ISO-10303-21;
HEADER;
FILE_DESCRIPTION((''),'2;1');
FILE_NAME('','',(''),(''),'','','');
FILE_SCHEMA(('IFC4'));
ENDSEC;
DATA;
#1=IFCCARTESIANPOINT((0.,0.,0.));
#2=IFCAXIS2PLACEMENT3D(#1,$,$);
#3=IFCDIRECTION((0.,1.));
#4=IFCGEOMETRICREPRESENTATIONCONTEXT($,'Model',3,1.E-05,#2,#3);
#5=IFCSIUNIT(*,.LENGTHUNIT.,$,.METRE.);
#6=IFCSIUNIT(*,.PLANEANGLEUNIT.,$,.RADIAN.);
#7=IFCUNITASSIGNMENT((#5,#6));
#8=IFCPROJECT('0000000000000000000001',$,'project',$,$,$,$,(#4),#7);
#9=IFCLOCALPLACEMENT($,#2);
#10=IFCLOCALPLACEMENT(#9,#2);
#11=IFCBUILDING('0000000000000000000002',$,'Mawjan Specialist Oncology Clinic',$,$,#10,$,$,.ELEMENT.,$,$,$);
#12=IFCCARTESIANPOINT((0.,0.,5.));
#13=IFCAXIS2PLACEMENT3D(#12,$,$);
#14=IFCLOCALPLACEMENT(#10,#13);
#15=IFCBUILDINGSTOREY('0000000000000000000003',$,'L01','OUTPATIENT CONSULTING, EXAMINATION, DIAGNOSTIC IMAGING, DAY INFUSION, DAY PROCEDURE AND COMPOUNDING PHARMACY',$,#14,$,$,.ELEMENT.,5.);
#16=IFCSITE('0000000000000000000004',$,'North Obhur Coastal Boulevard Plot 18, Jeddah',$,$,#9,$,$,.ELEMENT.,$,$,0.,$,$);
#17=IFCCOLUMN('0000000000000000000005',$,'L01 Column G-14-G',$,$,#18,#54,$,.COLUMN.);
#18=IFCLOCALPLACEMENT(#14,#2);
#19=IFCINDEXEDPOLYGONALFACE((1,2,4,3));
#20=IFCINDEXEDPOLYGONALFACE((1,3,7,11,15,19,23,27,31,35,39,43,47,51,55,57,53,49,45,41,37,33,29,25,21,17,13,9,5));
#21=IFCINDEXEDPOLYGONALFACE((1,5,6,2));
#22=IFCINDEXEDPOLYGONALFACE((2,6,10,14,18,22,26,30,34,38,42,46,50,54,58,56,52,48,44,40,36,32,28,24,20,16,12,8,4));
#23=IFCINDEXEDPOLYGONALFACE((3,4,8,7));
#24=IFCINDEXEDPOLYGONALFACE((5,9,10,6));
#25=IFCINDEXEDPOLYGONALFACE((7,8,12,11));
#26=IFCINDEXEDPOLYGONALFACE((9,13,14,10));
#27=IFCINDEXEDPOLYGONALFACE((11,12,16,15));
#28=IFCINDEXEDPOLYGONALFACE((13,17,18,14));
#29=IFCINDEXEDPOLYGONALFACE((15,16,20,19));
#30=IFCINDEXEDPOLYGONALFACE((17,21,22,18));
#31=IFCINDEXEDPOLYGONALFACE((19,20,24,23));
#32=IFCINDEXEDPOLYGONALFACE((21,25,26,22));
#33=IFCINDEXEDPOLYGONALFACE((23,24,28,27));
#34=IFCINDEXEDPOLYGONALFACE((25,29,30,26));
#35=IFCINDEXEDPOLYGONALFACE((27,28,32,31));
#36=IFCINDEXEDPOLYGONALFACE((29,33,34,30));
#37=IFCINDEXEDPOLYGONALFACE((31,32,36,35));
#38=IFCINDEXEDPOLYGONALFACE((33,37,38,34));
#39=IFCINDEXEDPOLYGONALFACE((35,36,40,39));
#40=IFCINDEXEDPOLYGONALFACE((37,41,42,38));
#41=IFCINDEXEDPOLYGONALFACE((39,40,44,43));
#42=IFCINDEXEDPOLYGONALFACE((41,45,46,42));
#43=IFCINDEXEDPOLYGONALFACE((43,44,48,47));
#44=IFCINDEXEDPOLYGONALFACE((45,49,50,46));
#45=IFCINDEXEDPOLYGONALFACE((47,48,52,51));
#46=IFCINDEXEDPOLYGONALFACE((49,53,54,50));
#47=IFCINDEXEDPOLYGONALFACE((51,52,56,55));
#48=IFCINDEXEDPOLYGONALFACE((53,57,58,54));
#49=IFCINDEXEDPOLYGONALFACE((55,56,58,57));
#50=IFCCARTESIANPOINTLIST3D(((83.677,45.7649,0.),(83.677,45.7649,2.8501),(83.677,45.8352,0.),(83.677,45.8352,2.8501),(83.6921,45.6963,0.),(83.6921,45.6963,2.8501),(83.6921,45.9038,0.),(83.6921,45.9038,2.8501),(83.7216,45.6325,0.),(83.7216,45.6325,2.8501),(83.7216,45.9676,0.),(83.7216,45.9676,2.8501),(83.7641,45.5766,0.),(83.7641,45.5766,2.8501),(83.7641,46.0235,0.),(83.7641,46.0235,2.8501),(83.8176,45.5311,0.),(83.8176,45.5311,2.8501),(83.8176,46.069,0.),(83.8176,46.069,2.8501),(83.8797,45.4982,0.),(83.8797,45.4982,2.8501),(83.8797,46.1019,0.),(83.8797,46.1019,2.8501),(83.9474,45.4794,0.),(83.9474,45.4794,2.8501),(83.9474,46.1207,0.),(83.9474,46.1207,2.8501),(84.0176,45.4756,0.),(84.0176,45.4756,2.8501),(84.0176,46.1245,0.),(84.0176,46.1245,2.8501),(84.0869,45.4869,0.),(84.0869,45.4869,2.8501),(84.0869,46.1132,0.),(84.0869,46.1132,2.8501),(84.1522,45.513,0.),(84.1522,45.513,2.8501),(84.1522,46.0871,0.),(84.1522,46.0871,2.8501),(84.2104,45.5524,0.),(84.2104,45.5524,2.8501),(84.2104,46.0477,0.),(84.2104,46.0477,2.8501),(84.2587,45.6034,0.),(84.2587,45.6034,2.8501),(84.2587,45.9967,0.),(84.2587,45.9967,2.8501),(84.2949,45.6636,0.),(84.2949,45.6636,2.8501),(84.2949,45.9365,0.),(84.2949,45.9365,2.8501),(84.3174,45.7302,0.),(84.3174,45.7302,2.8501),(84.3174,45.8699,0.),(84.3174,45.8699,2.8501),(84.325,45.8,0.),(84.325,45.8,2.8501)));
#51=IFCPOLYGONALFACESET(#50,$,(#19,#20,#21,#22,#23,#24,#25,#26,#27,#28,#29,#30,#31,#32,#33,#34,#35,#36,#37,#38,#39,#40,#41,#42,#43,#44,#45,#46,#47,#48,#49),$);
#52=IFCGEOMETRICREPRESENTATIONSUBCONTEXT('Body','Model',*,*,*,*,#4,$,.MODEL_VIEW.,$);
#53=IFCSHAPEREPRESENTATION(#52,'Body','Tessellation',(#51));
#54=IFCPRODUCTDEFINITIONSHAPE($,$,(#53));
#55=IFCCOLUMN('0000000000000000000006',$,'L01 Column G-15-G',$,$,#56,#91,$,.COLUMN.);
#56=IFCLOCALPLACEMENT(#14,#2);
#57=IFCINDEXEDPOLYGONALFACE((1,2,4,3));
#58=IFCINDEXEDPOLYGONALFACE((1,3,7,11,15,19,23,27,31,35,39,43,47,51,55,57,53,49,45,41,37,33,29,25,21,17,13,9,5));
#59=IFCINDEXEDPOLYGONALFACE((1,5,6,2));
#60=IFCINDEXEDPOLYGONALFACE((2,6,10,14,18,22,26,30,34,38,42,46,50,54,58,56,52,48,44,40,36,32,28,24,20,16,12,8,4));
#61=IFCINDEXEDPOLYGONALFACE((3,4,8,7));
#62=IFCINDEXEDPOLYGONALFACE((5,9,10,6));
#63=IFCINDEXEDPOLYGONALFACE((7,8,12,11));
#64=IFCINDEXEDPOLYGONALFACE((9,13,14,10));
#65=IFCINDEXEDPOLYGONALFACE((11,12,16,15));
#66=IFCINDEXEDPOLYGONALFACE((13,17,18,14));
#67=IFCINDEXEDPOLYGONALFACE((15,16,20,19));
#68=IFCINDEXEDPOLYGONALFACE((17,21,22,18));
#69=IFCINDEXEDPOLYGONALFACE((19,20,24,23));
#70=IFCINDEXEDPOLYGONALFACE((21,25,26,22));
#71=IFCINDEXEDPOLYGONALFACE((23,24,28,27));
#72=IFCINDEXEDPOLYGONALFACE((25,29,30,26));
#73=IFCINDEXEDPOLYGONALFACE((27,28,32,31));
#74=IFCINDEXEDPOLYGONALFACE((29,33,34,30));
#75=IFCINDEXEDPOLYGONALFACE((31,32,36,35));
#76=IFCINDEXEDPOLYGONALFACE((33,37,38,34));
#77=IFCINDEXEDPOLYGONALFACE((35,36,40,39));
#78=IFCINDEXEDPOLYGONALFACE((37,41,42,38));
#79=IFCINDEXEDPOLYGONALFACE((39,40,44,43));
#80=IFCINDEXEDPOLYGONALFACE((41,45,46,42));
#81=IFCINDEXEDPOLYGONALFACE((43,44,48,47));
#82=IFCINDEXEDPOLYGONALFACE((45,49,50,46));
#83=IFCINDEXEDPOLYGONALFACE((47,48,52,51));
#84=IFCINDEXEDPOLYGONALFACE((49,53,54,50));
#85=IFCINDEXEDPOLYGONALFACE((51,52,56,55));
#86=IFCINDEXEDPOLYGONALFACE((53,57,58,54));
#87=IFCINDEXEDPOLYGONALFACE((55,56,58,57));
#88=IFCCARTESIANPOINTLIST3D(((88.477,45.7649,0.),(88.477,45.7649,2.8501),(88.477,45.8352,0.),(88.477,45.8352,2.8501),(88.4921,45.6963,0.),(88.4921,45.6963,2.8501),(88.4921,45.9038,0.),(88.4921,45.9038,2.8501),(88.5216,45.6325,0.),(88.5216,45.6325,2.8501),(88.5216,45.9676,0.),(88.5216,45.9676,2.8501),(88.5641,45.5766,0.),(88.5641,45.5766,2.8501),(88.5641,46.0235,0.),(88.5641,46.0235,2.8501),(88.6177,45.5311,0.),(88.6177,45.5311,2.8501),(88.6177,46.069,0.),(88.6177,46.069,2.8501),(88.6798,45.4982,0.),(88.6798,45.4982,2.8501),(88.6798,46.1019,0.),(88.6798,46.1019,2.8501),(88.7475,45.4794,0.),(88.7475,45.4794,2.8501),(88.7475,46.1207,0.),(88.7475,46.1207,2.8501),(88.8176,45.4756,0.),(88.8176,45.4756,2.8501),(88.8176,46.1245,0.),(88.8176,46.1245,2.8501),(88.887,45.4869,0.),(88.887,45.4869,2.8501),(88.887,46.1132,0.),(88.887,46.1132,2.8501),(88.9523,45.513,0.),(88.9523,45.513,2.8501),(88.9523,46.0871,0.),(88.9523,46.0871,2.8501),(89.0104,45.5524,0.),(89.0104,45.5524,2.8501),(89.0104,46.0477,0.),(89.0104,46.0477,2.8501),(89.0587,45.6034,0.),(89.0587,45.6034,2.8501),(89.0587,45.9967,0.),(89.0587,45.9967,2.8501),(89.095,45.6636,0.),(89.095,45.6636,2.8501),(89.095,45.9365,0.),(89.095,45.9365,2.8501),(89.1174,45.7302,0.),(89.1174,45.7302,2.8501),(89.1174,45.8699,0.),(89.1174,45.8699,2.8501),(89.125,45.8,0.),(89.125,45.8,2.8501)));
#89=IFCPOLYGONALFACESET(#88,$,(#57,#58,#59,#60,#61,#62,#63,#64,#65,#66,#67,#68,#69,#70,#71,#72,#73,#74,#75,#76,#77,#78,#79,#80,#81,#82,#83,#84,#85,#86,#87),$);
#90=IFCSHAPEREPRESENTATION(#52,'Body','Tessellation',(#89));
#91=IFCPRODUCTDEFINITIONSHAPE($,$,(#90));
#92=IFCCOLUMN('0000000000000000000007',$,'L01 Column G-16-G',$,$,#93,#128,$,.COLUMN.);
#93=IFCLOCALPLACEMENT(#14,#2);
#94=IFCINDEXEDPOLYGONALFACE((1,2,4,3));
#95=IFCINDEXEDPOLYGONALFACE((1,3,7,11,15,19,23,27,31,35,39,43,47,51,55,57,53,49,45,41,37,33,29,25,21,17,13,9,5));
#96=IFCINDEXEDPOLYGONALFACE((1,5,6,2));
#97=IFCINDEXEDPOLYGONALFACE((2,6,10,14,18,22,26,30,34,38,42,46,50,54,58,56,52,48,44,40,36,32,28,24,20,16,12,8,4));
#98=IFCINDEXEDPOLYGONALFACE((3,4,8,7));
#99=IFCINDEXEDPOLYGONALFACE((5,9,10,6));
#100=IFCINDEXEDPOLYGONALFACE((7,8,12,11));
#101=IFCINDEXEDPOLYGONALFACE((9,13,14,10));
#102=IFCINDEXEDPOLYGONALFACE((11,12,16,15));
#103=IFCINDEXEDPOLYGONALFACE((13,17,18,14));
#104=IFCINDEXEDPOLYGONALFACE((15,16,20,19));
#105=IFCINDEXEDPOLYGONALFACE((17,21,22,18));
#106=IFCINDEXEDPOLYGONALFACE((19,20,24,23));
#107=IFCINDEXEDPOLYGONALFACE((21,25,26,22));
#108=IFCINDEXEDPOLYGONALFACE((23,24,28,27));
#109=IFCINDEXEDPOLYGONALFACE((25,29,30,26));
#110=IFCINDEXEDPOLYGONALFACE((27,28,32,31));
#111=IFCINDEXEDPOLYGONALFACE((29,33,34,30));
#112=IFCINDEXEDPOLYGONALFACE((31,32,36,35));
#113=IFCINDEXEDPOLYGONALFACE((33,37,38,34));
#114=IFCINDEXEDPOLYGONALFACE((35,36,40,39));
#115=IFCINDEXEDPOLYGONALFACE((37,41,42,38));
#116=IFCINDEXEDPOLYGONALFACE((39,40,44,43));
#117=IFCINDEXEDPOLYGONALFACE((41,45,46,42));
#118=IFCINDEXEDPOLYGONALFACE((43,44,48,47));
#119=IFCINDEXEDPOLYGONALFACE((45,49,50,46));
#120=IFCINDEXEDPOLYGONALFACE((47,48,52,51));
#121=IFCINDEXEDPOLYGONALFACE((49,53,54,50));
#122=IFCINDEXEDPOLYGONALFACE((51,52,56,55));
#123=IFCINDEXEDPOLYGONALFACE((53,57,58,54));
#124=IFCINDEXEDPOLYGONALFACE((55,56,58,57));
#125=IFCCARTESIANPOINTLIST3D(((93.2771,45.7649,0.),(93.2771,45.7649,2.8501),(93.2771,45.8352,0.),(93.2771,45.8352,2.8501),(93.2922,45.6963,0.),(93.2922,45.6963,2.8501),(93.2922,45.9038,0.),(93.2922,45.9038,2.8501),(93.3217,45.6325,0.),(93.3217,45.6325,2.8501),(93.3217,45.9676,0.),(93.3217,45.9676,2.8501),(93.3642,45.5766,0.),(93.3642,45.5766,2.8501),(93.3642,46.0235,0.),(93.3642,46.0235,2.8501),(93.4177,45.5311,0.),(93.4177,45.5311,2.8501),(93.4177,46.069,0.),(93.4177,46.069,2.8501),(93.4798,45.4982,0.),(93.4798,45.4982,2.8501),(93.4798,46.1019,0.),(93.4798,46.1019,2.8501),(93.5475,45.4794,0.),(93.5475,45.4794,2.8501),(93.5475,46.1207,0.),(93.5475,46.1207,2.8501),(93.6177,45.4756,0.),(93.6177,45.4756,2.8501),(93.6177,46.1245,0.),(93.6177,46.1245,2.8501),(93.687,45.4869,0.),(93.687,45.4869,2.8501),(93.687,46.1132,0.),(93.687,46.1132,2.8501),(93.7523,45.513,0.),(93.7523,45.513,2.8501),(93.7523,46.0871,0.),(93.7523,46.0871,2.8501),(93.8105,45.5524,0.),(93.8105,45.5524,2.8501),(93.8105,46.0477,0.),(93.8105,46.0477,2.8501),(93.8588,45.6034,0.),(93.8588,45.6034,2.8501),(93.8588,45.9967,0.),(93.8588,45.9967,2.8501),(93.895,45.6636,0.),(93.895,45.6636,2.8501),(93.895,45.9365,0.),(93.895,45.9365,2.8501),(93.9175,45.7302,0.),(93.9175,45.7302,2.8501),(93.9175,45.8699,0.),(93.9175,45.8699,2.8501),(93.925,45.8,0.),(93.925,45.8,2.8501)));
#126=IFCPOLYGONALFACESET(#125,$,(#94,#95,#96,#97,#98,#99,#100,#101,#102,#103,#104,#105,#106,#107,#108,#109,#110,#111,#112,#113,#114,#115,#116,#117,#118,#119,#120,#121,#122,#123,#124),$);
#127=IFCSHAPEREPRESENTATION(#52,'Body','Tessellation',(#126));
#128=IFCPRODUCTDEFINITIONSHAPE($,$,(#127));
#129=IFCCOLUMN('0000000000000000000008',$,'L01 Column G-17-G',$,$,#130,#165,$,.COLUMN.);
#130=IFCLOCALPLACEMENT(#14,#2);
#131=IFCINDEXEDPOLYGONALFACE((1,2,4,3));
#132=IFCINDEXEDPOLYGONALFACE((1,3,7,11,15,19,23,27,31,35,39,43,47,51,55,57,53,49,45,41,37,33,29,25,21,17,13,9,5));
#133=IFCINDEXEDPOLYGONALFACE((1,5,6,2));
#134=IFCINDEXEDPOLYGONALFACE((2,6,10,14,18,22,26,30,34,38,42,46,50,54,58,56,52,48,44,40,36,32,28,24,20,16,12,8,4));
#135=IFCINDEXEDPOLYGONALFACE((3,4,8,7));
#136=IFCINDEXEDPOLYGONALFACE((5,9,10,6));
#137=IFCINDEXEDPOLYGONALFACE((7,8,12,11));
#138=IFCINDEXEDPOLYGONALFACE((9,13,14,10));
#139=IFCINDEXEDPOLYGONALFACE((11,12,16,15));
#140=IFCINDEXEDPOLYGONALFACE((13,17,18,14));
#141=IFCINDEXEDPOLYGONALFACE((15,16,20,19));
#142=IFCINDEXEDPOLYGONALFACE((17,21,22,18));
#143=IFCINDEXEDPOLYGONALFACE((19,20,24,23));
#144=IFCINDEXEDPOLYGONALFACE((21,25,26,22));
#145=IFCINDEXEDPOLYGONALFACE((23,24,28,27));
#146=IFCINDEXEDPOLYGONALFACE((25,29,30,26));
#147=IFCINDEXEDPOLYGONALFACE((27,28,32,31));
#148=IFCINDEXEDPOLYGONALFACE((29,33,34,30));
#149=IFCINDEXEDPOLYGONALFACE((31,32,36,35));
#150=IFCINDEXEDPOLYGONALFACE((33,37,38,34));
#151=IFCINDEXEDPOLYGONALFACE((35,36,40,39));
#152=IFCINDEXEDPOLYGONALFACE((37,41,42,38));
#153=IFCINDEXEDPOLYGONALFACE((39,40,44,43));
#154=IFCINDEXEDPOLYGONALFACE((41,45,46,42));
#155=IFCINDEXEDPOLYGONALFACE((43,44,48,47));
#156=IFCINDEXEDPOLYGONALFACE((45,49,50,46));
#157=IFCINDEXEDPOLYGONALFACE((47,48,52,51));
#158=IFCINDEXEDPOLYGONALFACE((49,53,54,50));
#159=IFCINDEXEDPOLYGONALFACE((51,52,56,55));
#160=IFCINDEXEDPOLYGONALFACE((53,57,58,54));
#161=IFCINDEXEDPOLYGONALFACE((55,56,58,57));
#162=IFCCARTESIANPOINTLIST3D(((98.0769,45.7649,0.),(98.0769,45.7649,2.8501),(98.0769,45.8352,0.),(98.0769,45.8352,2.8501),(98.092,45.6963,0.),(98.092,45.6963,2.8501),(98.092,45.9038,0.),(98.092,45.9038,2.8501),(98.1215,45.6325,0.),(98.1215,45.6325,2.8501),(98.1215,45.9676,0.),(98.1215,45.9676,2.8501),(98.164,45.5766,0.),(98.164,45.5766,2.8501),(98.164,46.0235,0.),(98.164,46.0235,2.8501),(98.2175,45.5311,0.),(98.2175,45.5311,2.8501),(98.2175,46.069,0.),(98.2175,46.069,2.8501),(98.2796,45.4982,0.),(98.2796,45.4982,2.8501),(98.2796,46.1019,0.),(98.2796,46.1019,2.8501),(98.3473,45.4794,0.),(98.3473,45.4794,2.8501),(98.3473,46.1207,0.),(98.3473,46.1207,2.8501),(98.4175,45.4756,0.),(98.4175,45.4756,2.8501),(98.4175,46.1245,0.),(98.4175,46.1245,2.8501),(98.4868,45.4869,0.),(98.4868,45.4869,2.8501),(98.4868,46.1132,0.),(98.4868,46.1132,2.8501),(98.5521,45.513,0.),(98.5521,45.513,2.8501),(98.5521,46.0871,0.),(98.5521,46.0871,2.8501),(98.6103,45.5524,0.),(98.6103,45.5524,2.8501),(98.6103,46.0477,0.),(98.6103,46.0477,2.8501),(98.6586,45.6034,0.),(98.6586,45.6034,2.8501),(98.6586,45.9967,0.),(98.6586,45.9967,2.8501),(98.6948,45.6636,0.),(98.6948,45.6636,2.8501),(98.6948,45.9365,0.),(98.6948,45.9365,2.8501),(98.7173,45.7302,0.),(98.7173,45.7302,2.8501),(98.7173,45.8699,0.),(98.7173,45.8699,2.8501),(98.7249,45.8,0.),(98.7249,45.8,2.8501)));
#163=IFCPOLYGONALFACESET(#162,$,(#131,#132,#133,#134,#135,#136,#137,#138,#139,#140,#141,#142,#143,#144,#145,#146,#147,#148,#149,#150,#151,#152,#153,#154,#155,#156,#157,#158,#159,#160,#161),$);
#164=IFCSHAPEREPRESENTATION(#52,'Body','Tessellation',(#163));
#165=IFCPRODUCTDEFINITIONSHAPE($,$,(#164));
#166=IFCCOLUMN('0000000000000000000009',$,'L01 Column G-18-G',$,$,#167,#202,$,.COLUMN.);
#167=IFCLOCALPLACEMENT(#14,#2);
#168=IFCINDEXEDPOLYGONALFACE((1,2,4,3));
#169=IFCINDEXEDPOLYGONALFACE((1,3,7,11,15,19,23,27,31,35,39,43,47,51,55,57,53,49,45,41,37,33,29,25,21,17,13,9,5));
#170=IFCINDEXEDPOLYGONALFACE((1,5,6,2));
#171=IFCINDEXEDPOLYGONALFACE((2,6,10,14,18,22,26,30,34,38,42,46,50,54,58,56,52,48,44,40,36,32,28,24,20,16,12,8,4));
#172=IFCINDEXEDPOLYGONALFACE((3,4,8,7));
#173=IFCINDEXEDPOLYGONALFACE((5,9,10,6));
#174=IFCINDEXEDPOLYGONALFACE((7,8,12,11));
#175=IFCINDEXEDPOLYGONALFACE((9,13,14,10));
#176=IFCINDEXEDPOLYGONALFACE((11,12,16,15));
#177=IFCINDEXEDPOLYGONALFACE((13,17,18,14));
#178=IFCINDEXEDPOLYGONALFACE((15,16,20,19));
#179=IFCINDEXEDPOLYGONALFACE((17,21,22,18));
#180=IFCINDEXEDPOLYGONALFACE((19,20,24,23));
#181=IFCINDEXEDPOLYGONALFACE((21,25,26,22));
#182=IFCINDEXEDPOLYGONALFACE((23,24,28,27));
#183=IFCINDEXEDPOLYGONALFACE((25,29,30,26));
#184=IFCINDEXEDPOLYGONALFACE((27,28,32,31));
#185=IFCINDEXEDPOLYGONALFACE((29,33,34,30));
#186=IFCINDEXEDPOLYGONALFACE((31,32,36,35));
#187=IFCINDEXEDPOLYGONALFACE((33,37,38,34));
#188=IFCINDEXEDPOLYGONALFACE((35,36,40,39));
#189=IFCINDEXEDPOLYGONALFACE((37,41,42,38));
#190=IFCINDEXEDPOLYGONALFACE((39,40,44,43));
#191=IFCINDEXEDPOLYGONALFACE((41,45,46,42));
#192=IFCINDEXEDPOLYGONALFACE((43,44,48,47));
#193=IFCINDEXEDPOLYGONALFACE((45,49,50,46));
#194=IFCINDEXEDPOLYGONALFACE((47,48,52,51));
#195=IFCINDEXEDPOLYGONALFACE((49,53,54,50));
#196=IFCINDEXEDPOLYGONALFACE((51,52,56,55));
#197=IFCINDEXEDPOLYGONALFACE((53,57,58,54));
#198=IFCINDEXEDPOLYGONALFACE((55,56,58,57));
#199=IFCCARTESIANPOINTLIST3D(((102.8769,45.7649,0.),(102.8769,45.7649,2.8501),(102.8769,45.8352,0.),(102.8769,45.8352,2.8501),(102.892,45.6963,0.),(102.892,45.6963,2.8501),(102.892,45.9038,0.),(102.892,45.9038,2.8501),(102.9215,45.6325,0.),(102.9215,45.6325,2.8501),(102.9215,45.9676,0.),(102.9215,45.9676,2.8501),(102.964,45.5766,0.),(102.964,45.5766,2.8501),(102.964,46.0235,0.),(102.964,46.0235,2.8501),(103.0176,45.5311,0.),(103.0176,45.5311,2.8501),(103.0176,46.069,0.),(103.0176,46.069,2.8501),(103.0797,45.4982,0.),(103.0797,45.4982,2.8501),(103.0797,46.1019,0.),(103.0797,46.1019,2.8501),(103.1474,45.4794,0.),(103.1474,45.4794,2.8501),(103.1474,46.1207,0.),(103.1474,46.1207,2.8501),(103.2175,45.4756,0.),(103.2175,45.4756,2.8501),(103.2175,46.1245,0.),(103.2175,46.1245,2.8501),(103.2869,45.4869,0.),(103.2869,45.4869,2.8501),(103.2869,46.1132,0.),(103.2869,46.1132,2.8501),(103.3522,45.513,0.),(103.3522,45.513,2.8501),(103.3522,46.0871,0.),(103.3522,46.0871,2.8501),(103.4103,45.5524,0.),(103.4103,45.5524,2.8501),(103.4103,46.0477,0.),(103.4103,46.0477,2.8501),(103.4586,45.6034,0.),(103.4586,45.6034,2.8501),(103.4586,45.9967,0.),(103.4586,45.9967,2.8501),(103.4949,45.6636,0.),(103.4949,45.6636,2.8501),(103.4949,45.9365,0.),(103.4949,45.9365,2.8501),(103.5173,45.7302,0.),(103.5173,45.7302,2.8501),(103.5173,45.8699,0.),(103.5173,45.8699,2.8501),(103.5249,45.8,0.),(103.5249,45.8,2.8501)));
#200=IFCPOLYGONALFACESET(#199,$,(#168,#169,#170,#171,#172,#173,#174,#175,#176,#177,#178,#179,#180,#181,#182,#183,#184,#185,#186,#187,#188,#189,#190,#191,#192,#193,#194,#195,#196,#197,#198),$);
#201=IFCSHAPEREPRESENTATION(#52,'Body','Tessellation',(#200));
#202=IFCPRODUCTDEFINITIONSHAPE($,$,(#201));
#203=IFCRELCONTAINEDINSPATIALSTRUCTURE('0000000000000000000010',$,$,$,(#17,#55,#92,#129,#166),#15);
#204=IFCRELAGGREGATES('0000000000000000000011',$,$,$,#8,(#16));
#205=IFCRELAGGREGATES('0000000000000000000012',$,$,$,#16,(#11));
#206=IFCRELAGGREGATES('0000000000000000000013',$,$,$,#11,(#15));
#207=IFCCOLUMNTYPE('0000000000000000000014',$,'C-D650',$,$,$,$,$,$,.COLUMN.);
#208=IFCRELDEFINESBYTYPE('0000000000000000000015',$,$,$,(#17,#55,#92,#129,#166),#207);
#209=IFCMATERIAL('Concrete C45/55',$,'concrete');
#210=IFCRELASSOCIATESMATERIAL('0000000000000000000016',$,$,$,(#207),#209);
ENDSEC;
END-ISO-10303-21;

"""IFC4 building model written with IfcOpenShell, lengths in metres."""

from ifc_helpers import new_model, si_unit, direction, frame, origin, origin_2d, place, context, subcontext, project, spatial, circle, extrude, material, material_profile, profile_set, type_object, element, save


model = new_model("IFC4")

# Units and contexts
model_context = context("Model", 3, precision=1e-05, world=origin(), true_north=direction((0.0, 1.0)))
body_context = subcontext(model_context, "Body", "Model", "MODEL_VIEW")
ifc_project = project(units=[si_unit("LENGTHUNIT", "METRE"), si_unit("PLANEANGLEUNIT", "RADIAN")], contexts=[model_context])

# Site, building, storey
site_placement = place(None, origin())
site = spatial("IfcSite", under=ifc_project, at=site_placement, Name="North Obhur Coastal Boulevard Plot 18, Jeddah", CompositionType="ELEMENT", RefElevation=0.0)
building_placement = place(site_placement, origin())
building = spatial("IfcBuilding", under=site, at=building_placement, Name="Mawjan Specialist Oncology Clinic", CompositionType="ELEMENT")
storey_placement = place(building_placement, frame((0.0, 0.0, 5.0)))
storey = spatial("IfcBuildingStorey", under=building, at=storey_placement, Name="L01", Description="OUTPATIENT CONSULTING, EXAMINATION, DIAGNOSTIC IMAGING, DAY INFUSION, DAY PROCEDURE AND COMPOUNDING PHARMACY", CompositionType="ELEMENT", Elevation=5.0)

# Columns
ifc_material_1 = material(Name="Concrete C45/55", Category="concrete")
ifc_material_profile_1 = material_profile(ifc_material_1, circle(Radius=0.325, at=origin_2d()), Name="RC COL D650", Category="concrete")
ifc_profile_set_1 = profile_set([ifc_material_profile_1], Name="Concrete C45/55")
column_type_1 = type_object("IfcColumnType", Name="C-D650", PredefinedType="COLUMN", material=ifc_profile_set_1)
for number, where, z_axis, x_axis, name in (
    (1, (84.0, 45.8, 0.0), (0.0, 0.0, 1.0), (1.0, 0.0, 0.0), "L01 Column G-14-G"),
    (2, (88.8, 45.8, 0.0), (0.0, 0.0, 1.0), (1.0, 0.0, 0.0), "L01 Column G-15-G"),
    (3, (93.6001, 45.8, 0.0), (0.0, 0.0, 1.0), (1.0, 0.0, 0.0), "L01 Column G-16-G"),
    (4, (98.3999, 45.8, 0.0), (0.0, 0.0, 1.0), (1.0, 0.0, 0.0), "L01 Column G-17-G"),
    (5, (103.2, 45.8, 0.0), (0.0, 0.0, 1.0), (1.0, 0.0, 0.0), "L01 Column G-18-G"),
):
    element("IfcColumn", number, at=place(storey_placement, frame(where, z_axis=z_axis, x_axis=x_axis)), inside=storey, type_object=column_type_1, Name=name, PredefinedType="COLUMN", context=body_context, shape_type="SweptSolid", body=[
        extrude(circle(Radius=0.325, at=origin_2d()), origin(), (0.0, 0.0, 1.0), 2.8501),
    ])

save(model, "model.ifc")
